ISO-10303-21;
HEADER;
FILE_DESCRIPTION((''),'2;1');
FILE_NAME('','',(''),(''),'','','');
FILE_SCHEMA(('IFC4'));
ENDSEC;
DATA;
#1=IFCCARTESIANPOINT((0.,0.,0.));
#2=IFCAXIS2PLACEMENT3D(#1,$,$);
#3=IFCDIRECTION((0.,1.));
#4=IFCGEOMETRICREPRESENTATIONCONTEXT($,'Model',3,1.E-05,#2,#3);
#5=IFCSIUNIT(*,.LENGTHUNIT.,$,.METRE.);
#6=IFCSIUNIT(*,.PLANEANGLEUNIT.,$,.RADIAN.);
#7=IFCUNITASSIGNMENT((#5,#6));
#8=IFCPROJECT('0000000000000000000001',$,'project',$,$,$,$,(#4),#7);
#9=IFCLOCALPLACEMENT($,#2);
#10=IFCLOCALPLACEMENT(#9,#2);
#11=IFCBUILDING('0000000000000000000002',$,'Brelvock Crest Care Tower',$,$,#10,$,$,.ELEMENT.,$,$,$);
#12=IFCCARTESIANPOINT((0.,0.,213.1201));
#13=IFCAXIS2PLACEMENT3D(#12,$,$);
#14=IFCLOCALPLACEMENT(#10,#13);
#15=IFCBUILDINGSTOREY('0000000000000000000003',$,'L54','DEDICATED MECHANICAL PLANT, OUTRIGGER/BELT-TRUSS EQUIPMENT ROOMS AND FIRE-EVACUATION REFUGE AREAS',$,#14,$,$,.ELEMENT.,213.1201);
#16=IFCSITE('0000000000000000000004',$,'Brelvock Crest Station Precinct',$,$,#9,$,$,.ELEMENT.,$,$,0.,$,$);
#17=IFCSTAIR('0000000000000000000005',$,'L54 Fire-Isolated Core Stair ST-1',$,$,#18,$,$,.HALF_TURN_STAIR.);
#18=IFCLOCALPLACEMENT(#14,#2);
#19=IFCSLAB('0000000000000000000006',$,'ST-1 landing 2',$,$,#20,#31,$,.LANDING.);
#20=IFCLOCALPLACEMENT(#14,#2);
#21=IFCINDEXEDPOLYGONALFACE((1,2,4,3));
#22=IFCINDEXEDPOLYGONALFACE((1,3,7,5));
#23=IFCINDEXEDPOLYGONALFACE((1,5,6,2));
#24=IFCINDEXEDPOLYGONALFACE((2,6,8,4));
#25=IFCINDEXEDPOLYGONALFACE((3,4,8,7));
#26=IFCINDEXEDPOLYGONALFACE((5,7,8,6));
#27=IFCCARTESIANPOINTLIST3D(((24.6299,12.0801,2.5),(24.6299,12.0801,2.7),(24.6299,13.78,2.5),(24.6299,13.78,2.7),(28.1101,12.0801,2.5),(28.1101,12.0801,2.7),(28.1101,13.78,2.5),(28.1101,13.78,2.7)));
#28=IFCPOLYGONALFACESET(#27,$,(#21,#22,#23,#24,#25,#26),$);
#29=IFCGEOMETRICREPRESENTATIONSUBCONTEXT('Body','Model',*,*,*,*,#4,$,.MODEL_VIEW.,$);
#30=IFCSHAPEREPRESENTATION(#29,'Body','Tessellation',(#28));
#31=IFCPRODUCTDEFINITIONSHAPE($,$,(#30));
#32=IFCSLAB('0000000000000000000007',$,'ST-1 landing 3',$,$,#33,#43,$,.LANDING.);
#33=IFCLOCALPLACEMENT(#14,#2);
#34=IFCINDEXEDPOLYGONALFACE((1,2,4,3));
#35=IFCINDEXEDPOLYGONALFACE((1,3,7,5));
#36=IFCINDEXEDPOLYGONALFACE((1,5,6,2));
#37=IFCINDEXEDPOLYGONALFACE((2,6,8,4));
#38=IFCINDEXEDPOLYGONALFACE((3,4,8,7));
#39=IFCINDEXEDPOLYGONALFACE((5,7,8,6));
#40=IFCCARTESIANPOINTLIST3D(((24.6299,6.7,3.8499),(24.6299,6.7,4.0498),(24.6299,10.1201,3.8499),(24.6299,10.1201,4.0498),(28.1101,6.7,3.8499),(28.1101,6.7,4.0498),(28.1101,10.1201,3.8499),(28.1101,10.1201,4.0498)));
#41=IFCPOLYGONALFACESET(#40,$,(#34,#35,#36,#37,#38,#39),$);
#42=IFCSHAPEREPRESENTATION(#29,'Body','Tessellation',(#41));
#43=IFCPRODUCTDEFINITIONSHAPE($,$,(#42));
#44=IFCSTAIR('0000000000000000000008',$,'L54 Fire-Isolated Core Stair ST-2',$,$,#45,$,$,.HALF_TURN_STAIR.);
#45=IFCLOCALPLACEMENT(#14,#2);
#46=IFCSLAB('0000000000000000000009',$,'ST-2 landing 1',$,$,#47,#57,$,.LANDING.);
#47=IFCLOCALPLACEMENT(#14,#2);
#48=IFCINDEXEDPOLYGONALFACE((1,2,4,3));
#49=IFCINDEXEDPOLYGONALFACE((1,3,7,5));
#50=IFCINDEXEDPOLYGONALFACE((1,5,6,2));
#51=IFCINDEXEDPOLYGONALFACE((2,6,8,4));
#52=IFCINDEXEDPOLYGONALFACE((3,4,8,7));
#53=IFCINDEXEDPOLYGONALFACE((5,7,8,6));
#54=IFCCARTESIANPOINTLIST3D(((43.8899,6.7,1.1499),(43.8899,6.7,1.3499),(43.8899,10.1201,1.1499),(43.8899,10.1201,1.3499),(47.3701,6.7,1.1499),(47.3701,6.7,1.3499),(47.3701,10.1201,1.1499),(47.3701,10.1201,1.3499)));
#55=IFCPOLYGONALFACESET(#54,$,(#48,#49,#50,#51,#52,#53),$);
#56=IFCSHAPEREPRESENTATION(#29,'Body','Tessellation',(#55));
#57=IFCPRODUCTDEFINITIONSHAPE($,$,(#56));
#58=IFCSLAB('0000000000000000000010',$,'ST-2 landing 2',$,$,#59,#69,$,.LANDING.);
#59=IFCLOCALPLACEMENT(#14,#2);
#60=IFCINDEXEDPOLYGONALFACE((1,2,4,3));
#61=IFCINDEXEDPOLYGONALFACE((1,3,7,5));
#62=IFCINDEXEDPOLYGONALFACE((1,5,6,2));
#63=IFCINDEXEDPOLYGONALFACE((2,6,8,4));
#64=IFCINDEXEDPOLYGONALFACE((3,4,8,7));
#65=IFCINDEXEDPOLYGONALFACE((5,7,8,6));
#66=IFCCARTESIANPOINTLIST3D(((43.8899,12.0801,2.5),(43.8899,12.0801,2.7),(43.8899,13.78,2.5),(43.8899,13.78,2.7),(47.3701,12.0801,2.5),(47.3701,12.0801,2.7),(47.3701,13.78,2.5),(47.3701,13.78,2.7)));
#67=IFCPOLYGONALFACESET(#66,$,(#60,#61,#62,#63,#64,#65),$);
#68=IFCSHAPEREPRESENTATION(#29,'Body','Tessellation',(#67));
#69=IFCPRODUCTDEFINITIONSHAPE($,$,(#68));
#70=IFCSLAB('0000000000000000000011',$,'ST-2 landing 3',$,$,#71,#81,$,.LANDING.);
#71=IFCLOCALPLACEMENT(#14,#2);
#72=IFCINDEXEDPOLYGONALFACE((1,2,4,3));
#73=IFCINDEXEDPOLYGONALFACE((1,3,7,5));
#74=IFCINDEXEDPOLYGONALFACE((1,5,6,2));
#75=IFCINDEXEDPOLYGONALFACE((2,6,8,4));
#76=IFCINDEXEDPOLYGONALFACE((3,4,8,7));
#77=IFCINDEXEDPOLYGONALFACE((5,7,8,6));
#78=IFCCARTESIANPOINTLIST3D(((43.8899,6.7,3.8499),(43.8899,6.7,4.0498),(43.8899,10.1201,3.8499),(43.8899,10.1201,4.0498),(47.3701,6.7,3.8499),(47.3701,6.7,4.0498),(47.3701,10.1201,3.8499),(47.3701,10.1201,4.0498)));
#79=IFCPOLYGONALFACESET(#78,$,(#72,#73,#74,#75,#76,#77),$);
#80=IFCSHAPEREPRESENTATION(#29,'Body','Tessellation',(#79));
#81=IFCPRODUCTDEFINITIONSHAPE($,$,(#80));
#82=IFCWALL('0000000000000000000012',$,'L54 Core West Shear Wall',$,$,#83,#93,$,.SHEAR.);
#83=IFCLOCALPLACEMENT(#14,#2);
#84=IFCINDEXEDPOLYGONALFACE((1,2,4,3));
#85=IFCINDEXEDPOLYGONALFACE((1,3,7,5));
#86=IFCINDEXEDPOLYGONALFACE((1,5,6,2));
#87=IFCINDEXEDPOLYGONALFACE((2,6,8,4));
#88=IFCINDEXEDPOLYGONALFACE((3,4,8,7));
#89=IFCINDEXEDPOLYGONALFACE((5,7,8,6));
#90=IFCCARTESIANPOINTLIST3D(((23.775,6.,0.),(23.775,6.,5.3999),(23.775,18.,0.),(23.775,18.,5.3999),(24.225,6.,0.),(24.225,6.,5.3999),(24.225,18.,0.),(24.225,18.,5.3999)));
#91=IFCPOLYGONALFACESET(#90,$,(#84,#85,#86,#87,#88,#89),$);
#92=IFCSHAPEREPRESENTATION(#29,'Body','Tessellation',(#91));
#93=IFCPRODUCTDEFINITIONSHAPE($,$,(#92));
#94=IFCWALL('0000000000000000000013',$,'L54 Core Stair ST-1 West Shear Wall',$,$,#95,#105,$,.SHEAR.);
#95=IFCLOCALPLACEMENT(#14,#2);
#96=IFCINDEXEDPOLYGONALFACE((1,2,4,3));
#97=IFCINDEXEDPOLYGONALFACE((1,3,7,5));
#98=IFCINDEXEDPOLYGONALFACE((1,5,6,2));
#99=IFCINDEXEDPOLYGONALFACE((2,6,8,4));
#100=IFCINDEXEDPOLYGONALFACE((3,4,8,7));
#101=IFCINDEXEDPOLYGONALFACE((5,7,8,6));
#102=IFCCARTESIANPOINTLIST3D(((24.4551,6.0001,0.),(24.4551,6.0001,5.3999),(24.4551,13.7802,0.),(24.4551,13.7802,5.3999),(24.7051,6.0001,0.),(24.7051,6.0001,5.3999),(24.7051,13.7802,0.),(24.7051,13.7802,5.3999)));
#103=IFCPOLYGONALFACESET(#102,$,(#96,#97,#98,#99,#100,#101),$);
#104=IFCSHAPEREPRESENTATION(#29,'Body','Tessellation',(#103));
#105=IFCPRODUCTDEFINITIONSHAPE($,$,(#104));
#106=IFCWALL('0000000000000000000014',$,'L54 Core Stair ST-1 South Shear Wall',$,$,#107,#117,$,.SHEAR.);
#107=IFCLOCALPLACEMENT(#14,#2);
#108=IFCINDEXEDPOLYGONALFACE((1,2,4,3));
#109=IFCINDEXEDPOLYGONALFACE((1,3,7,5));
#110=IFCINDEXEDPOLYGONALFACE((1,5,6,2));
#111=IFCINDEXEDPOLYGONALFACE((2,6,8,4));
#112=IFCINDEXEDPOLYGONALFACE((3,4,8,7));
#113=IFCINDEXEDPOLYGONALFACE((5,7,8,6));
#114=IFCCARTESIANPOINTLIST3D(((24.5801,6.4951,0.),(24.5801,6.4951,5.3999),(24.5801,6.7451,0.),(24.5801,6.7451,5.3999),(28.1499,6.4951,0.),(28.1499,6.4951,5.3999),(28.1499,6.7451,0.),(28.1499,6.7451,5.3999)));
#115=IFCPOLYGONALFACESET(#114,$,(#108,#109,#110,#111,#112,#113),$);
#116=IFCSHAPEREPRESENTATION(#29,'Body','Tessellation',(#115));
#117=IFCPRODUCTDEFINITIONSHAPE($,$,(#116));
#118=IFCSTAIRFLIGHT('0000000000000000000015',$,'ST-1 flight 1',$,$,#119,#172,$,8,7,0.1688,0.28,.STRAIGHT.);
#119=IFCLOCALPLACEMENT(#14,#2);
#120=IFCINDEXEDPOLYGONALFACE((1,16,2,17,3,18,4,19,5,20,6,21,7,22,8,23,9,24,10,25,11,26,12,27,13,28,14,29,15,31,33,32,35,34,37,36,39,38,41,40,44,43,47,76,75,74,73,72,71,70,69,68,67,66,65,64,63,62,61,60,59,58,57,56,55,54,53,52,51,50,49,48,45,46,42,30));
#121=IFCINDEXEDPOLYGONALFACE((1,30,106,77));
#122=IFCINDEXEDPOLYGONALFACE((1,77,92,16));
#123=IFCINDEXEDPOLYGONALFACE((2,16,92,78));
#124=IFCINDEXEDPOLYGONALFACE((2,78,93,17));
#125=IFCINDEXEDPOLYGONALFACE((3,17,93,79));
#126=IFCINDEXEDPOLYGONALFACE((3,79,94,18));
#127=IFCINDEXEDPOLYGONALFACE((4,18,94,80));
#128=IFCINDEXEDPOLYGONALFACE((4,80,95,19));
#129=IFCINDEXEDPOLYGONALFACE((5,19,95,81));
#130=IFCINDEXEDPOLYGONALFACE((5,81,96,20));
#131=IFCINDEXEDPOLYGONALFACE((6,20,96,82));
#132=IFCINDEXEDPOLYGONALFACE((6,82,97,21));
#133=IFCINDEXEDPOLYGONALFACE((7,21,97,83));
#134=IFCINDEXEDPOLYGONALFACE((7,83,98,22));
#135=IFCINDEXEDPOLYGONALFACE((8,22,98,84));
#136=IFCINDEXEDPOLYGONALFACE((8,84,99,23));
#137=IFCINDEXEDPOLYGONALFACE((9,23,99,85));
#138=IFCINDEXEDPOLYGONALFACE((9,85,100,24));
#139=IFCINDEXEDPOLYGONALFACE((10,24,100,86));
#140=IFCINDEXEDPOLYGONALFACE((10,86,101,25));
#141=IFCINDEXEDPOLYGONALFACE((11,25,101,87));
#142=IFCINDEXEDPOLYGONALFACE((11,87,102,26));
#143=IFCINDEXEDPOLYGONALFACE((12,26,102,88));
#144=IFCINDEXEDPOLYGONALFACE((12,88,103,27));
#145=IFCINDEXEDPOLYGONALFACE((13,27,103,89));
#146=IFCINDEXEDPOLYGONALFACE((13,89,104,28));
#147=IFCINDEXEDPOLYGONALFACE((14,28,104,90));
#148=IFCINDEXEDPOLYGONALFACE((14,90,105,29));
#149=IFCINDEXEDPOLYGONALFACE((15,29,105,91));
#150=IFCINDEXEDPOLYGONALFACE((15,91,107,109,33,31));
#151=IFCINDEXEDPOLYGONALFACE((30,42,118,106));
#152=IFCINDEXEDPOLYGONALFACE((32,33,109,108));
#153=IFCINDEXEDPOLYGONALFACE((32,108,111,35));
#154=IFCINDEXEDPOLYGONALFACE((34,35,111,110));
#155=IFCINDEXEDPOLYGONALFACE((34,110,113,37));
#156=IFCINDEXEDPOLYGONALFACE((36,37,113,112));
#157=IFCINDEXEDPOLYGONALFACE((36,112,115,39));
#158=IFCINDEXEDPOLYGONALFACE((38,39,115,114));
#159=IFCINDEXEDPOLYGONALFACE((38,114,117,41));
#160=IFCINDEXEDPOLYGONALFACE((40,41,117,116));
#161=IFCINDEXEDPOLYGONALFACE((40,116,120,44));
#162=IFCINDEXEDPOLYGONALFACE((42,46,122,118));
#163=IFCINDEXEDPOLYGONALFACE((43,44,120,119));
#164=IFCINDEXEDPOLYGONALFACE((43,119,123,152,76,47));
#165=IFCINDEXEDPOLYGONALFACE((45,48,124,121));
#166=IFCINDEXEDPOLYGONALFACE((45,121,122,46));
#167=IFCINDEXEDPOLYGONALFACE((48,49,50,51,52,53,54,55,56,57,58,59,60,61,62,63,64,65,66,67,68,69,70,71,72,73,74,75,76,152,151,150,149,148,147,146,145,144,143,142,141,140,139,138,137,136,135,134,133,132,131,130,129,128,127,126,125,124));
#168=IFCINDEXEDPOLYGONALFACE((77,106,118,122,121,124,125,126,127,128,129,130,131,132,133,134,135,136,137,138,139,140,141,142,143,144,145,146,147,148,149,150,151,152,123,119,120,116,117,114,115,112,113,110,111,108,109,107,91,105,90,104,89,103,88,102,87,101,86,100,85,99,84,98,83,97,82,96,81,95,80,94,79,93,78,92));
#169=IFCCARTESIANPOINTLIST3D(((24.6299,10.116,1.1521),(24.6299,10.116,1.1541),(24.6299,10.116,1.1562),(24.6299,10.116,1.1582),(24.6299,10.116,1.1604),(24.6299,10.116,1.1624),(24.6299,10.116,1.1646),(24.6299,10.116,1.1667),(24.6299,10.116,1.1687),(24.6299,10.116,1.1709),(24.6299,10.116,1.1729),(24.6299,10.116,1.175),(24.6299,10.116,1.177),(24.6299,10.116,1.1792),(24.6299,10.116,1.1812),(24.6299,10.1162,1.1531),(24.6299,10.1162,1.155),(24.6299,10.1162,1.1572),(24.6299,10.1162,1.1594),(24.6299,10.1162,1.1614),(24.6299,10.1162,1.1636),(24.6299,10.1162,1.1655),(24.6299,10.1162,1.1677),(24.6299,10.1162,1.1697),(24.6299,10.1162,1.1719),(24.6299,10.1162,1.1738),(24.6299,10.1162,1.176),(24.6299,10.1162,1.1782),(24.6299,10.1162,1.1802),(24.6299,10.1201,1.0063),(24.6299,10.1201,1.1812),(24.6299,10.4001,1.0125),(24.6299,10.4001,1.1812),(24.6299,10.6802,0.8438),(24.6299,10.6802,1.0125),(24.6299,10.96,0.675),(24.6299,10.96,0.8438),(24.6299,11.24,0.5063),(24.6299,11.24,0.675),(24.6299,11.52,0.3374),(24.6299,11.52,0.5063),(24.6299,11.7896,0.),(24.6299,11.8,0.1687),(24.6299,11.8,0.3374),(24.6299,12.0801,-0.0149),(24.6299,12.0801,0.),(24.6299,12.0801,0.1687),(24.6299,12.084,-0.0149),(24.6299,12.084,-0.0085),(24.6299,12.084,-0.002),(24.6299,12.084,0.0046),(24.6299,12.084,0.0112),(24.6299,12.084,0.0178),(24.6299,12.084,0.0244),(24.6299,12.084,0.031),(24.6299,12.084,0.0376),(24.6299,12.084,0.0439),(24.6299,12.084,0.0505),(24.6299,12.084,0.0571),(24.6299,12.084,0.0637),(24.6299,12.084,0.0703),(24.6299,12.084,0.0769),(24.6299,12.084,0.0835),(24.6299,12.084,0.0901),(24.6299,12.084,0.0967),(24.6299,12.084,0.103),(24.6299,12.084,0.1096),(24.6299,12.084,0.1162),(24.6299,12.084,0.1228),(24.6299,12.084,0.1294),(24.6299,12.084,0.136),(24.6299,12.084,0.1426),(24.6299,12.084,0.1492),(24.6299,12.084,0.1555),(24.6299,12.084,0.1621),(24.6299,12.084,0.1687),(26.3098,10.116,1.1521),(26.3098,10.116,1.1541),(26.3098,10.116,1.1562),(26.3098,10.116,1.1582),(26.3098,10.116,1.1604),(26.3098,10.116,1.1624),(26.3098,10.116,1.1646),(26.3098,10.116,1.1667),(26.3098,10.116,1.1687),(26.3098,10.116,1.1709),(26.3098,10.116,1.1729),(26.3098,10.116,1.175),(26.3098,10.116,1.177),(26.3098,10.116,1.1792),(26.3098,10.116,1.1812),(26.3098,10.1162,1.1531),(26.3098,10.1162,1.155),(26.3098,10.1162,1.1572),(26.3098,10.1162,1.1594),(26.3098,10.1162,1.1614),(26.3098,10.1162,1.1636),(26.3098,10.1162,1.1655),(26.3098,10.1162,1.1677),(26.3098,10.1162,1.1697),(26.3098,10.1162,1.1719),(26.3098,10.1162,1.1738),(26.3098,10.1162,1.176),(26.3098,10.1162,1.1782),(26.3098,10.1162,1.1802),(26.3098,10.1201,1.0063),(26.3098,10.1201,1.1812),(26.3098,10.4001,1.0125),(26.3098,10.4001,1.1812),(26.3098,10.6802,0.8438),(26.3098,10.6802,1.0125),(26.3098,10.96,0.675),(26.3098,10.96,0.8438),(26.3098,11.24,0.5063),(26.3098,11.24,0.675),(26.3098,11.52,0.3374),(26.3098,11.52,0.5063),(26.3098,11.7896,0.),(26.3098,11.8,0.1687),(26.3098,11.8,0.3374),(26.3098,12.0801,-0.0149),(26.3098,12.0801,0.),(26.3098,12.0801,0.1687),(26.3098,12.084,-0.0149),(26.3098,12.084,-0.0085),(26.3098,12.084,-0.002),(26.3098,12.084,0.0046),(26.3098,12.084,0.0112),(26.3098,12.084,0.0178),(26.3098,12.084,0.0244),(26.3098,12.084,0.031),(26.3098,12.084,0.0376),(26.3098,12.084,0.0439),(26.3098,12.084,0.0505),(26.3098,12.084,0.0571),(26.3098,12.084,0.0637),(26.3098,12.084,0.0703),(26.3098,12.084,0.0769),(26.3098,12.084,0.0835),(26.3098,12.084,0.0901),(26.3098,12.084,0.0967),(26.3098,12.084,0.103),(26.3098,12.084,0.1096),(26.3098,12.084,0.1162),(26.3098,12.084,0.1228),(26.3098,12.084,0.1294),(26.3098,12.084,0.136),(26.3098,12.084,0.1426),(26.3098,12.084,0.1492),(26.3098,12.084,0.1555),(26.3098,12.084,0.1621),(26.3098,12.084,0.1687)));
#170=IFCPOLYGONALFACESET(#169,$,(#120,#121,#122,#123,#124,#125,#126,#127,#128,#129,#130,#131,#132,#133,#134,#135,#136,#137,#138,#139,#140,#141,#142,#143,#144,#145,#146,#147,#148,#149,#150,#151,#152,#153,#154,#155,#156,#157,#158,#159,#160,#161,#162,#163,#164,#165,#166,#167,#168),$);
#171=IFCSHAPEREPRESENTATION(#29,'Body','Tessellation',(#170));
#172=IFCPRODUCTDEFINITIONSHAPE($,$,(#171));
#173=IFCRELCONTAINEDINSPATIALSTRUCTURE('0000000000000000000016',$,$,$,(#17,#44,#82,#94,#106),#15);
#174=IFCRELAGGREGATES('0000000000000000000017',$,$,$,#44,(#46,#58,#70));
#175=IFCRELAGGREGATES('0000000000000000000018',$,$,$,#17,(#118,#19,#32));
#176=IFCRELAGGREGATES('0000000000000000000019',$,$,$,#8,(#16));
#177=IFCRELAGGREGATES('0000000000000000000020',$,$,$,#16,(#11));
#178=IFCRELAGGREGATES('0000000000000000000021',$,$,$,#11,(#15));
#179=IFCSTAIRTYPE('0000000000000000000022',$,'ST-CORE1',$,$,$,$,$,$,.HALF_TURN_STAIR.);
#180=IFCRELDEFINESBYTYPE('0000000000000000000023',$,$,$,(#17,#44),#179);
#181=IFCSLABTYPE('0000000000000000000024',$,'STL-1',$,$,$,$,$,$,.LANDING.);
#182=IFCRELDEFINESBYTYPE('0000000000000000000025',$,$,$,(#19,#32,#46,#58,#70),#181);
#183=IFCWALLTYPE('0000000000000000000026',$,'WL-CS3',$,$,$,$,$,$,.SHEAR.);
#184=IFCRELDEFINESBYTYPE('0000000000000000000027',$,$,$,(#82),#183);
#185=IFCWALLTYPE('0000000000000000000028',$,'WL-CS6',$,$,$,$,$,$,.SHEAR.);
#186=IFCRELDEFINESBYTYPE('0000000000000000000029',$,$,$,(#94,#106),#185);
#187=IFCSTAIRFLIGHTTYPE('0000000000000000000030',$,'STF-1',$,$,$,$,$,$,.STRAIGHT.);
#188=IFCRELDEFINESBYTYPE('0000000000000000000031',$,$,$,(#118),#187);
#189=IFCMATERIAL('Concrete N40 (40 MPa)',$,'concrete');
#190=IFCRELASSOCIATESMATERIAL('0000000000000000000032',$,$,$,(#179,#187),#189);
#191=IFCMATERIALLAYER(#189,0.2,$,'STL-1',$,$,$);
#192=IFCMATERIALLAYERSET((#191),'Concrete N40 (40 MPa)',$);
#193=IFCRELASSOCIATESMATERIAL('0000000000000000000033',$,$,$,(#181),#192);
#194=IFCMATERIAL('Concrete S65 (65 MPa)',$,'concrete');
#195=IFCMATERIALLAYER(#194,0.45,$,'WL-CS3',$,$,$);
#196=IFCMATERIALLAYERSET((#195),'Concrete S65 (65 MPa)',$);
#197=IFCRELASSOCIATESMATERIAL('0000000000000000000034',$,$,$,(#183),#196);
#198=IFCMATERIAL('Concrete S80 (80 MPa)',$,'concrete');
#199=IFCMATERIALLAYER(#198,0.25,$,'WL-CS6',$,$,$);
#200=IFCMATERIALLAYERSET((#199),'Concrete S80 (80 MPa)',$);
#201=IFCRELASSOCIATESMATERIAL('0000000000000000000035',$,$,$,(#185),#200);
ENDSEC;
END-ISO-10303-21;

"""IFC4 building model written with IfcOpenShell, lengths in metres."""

from ifc_helpers import new_model, si_unit, direction, frame, frame_2d, origin, place, context, subcontext, project, spatial, polyline, rectangle, outline, extrude, material, layer, layer_set, type_object, element, aggregate, save


model = new_model("IFC4")

# Units and contexts
model_context = context("Model", 3, precision=1e-05, world=origin(), true_north=direction((0.0, 1.0)))
body_context = subcontext(model_context, "Body", "Model", "MODEL_VIEW")
ifc_project = project(units=[si_unit("LENGTHUNIT", "METRE"), si_unit("PLANEANGLEUNIT", "RADIAN")], contexts=[model_context])

# Site, building, storey
site_placement = place(None, origin())
site = spatial("IfcSite", under=ifc_project, at=site_placement, Name="Brelvock Crest Station Precinct", CompositionType="ELEMENT", RefElevation=0.0)
building_placement = place(site_placement, origin())
building = spatial("IfcBuilding", under=site, at=building_placement, Name="Brelvock Crest Care Tower", CompositionType="ELEMENT")
storey_placement = place(building_placement, frame((0.0, 0.0, 213.1201)))
storey = spatial("IfcBuildingStorey", under=building, at=storey_placement, Name="L54", Description="DEDICATED MECHANICAL PLANT, OUTRIGGER/BELT-TRUSS EQUIPMENT ROOMS AND FIRE-EVACUATION REFUGE AREAS", CompositionType="ELEMENT", Elevation=213.1201)

# Shared definitions
ifc_material_1 = material(Name="Concrete S65 (65 MPa)", Category="concrete")

# Stairs, slabs
ifc_material_2 = material(Name="Concrete N40 (40 MPa)", Category="concrete")
stair_type = type_object("IfcStairType", Name="ST-CORE1", PredefinedType="HALF_TURN_STAIR", material=ifc_material_2)
stair_1_placement = place(storey_placement, origin())
stair_1 = element("IfcStair", 1, at=stair_1_placement, inside=storey, type_object=stair_type, Name="L54 Fire-Isolated Core Stair ST-1", PredefinedType="HALF_TURN_STAIR")
ifc_layer_1 = layer(ifc_material_2, 0.2, Name="STL-1")
ifc_layer_set_1 = layer_set([ifc_layer_1], Name="Concrete N40 (40 MPa)")
slab_type_1 = type_object("IfcSlabType", Name="STL-1", PredefinedType="LANDING", material=ifc_layer_set_1)
slab_1_placement = place(storey_placement, frame((0.0, 0.0, 2.5)))
slab_1 = element("IfcSlab", 2, at=slab_1_placement, type_object=slab_type_1, Name="ST-1 landing 2", PredefinedType="LANDING", context=body_context, shape_type="SweptSolid", body=[
    extrude(outline(polyline([(24.6299, 13.78), (24.6299, 12.0801), (28.1101, 12.0801), (28.1101, 13.78), (24.6299, 13.78)])), origin(), (0.0, 0.0, 1.0), 0.2),
])
slab_2_placement = place(storey_placement, frame((0.0, 0.0, 3.8499)))
slab_2 = element("IfcSlab", 3, at=slab_2_placement, type_object=slab_type_1, Name="ST-1 landing 3", PredefinedType="LANDING", context=body_context, shape_type="SweptSolid", body=[
    extrude(outline(polyline([(24.6299, 10.1201), (24.6299, 6.7), (28.1101, 6.7), (28.1101, 10.1201), (24.6299, 10.1201)])), origin(), (0.0, 0.0, 1.0), 0.2),
])
stair_2_placement = place(storey_placement, origin())
stair_2 = element("IfcStair", 4, at=stair_2_placement, inside=storey, type_object=stair_type, Name="L54 Fire-Isolated Core Stair ST-2", PredefinedType="HALF_TURN_STAIR")
slab_3_placement = place(storey_placement, frame((0.0, 0.0, 1.1499)))
slab_3 = element("IfcSlab", 5, at=slab_3_placement, type_object=slab_type_1, Name="ST-2 landing 1", PredefinedType="LANDING", context=body_context, shape_type="SweptSolid", body=[
    extrude(outline(polyline([(43.8899, 10.1201), (43.8899, 6.7), (47.3701, 6.7), (47.3701, 10.1201), (43.8899, 10.1201)])), origin(), (0.0, 0.0, 1.0), 0.2),
])
slab_4_placement = place(storey_placement, frame((0.0, 0.0, 2.5)))
slab_4 = element("IfcSlab", 6, at=slab_4_placement, type_object=slab_type_1, Name="ST-2 landing 2", PredefinedType="LANDING", context=body_context, shape_type="SweptSolid", body=[
    extrude(outline(polyline([(43.8899, 13.78), (43.8899, 12.0801), (47.3701, 12.0801), (47.3701, 13.78), (43.8899, 13.78)])), origin(), (0.0, 0.0, 1.0), 0.2),
])
slab_5_placement = place(storey_placement, frame((0.0, 0.0, 3.8499)))
slab_5 = element("IfcSlab", 7, at=slab_5_placement, type_object=slab_type_1, Name="ST-2 landing 3", PredefinedType="LANDING", context=body_context, shape_type="SweptSolid", body=[
    extrude(outline(polyline([(43.8899, 10.1201), (43.8899, 6.7), (47.3701, 6.7), (47.3701, 10.1201), (43.8899, 10.1201)])), origin(), (0.0, 0.0, 1.0), 0.2),
])
aggregate(stair_2, [slab_3, slab_4, slab_5])

# Walls
ifc_layer_2 = layer(ifc_material_1, 0.45, Name="WL-CS3")
ifc_layer_set_2 = layer_set([ifc_layer_2], Name="Concrete S65 (65 MPa)")
wall_type_1 = type_object("IfcWallType", Name="WL-CS3", PredefinedType="SHEAR", material=ifc_layer_set_2)
wall_1_placement = place(storey_placement, frame((24.0, 6.0, 0.0), z_axis=(0.0, 0.0, 1.0), x_axis=(0.0, 1.0, 0.0)))
element("IfcWall", 8, at=wall_1_placement, inside=storey, type_object=wall_type_1, Name="L54 Core West Shear Wall", PredefinedType="SHEAR", context=body_context, shape_type="SweptSolid", body=[
    extrude(rectangle(XDim=12.0, YDim=0.45, at=frame_2d((6.0, 0.0))), origin(), (0.0, 0.0, 1.0), 5.3999),
])
ifc_material_3 = material(Name="Concrete S80 (80 MPa)", Category="concrete")
ifc_layer_3 = layer(ifc_material_3, 0.25, Name="WL-CS6")
ifc_layer_set_3 = layer_set([ifc_layer_3], Name="Concrete S80 (80 MPa)")
wall_type_2 = type_object("IfcWallType", Name="WL-CS6", PredefinedType="SHEAR", material=ifc_layer_set_3)
wall_2_placement = place(storey_placement, frame((24.5801, 6.0, 0.0), z_axis=(0.0, 0.0, 1.0), x_axis=(0.0, 1.0, 0.0)))
element("IfcWall", 9, at=wall_2_placement, inside=storey, type_object=wall_type_2, Name="L54 Core Stair ST-1 West Shear Wall", PredefinedType="SHEAR", context=body_context, shape_type="SweptSolid", body=[
    extrude(rectangle(XDim=7.78, YDim=0.25, at=frame_2d((3.8901, 0.0))), origin(), (0.0, 0.0, 1.0), 5.3999),
])
wall_3_placement = place(storey_placement, frame((24.5801, 6.6201, 0.0), z_axis=(0.0, 0.0, 1.0), x_axis=(1.0, 0.0, 0.0)))
element("IfcWall", 10, at=wall_3_placement, inside=storey, type_object=wall_type_2, Name="L54 Core Stair ST-1 South Shear Wall", PredefinedType="SHEAR", context=body_context, shape_type="SweptSolid", body=[
    extrude(rectangle(XDim=3.5698, YDim=0.25, at=frame_2d((1.7849, 0.0))), origin(), (0.0, 0.0, 1.0), 5.3999),
])

# Stair flight
stair_flight_type = type_object("IfcStairFlightType", Name="STF-1", PredefinedType="STRAIGHT", material=ifc_material_2)
stair_flight_placement = place(storey_placement, frame((25.47, 12.0801, 0.0), z_axis=(0.0, 0.0, 1.0), x_axis=(0.0, -1.0, 0.0)))
stair_flight = element("IfcStairFlight", 11, at=stair_flight_placement, type_object=stair_flight_type, Name="ST-1 flight 1", NumberOfRisers=8, NumberOfTreads=7, PredefinedType="STRAIGHT", RiserHeight=0.1688, TreadLength=0.28, context=body_context, shape_type="SweptSolid", body=[
    extrude(outline(polyline([(-0.0039, -0.0149), (-0.0039, -0.0085), (-0.0039, -0.002), (-0.0039, 0.0046), (-0.0039, 0.0112), (-0.0039, 0.0178), (-0.0039, 0.0244), (-0.0039, 0.031), (-0.0039, 0.0376), (-0.0039, 0.0439), (-0.0039, 0.0505), (-0.0039, 0.0571), (-0.0039, 0.0637), (-0.0039, 0.0703), (-0.0039, 0.0769), (-0.0039, 0.0835), (-0.0039, 0.0901), (-0.0039, 0.0967), (-0.0039, 0.103), (-0.0039, 0.1096), (-0.0039, 0.1162), (-0.0039, 0.1228), (-0.0039, 0.1294), (-0.0039, 0.136), (-0.0039, 0.1426), (-0.0039, 0.1492), (-0.0039, 0.1555), (-0.0039, 0.1621), (-0.0039, 0.1687), (0.0, 0.1687), (0.28, 0.1687), (0.28, 0.3374), (0.5601, 0.3374), (0.5601, 0.5063), (0.8401, 0.5063), (0.8401, 0.675), (1.1201, 0.675), (1.1201, 0.8438), (1.3999, 0.8438), (1.3999, 1.0125), (1.6799, 1.0125), (1.6799, 1.1812), (1.96, 1.1812), (1.9641, 1.1812), (1.9639, 1.1802), (1.9641, 1.1792), (1.9639, 1.1782), (1.9641, 1.177), (1.9639, 1.176), (1.9641, 1.175), (1.9639, 1.1738), (1.9641, 1.1729), (1.9639, 1.1719), (1.9641, 1.1709), (1.9639, 1.1697), (1.9641, 1.1687), (1.9639, 1.1677), (1.9641, 1.1667), (1.9639, 1.1655), (1.9641, 1.1646), (1.9639, 1.1636), (1.9641, 1.1624), (1.9639, 1.1614), (1.9641, 1.1604), (1.9639, 1.1594), (1.9641, 1.1582), (1.9639, 1.1572), (1.9641, 1.1562), (1.9639, 1.155), (1.9641, 1.1541), (1.9639, 1.1531), (1.9641, 1.1521), (1.96, 1.0063), (0.2905, 0.0), (0.0, 0.0), (0.0, -0.0149), (-0.0039, -0.0149)])), frame((0.0, 0.8398, 0.0), z_axis=(0.0, -1.0, 0.0), x_axis=(1.0, 0.0, 0.0)), (0.0, 0.0, 1.0), 1.6799),
])
aggregate(stair_1, [stair_flight, slab_1, slab_2])

save(model, "model.ifc")
